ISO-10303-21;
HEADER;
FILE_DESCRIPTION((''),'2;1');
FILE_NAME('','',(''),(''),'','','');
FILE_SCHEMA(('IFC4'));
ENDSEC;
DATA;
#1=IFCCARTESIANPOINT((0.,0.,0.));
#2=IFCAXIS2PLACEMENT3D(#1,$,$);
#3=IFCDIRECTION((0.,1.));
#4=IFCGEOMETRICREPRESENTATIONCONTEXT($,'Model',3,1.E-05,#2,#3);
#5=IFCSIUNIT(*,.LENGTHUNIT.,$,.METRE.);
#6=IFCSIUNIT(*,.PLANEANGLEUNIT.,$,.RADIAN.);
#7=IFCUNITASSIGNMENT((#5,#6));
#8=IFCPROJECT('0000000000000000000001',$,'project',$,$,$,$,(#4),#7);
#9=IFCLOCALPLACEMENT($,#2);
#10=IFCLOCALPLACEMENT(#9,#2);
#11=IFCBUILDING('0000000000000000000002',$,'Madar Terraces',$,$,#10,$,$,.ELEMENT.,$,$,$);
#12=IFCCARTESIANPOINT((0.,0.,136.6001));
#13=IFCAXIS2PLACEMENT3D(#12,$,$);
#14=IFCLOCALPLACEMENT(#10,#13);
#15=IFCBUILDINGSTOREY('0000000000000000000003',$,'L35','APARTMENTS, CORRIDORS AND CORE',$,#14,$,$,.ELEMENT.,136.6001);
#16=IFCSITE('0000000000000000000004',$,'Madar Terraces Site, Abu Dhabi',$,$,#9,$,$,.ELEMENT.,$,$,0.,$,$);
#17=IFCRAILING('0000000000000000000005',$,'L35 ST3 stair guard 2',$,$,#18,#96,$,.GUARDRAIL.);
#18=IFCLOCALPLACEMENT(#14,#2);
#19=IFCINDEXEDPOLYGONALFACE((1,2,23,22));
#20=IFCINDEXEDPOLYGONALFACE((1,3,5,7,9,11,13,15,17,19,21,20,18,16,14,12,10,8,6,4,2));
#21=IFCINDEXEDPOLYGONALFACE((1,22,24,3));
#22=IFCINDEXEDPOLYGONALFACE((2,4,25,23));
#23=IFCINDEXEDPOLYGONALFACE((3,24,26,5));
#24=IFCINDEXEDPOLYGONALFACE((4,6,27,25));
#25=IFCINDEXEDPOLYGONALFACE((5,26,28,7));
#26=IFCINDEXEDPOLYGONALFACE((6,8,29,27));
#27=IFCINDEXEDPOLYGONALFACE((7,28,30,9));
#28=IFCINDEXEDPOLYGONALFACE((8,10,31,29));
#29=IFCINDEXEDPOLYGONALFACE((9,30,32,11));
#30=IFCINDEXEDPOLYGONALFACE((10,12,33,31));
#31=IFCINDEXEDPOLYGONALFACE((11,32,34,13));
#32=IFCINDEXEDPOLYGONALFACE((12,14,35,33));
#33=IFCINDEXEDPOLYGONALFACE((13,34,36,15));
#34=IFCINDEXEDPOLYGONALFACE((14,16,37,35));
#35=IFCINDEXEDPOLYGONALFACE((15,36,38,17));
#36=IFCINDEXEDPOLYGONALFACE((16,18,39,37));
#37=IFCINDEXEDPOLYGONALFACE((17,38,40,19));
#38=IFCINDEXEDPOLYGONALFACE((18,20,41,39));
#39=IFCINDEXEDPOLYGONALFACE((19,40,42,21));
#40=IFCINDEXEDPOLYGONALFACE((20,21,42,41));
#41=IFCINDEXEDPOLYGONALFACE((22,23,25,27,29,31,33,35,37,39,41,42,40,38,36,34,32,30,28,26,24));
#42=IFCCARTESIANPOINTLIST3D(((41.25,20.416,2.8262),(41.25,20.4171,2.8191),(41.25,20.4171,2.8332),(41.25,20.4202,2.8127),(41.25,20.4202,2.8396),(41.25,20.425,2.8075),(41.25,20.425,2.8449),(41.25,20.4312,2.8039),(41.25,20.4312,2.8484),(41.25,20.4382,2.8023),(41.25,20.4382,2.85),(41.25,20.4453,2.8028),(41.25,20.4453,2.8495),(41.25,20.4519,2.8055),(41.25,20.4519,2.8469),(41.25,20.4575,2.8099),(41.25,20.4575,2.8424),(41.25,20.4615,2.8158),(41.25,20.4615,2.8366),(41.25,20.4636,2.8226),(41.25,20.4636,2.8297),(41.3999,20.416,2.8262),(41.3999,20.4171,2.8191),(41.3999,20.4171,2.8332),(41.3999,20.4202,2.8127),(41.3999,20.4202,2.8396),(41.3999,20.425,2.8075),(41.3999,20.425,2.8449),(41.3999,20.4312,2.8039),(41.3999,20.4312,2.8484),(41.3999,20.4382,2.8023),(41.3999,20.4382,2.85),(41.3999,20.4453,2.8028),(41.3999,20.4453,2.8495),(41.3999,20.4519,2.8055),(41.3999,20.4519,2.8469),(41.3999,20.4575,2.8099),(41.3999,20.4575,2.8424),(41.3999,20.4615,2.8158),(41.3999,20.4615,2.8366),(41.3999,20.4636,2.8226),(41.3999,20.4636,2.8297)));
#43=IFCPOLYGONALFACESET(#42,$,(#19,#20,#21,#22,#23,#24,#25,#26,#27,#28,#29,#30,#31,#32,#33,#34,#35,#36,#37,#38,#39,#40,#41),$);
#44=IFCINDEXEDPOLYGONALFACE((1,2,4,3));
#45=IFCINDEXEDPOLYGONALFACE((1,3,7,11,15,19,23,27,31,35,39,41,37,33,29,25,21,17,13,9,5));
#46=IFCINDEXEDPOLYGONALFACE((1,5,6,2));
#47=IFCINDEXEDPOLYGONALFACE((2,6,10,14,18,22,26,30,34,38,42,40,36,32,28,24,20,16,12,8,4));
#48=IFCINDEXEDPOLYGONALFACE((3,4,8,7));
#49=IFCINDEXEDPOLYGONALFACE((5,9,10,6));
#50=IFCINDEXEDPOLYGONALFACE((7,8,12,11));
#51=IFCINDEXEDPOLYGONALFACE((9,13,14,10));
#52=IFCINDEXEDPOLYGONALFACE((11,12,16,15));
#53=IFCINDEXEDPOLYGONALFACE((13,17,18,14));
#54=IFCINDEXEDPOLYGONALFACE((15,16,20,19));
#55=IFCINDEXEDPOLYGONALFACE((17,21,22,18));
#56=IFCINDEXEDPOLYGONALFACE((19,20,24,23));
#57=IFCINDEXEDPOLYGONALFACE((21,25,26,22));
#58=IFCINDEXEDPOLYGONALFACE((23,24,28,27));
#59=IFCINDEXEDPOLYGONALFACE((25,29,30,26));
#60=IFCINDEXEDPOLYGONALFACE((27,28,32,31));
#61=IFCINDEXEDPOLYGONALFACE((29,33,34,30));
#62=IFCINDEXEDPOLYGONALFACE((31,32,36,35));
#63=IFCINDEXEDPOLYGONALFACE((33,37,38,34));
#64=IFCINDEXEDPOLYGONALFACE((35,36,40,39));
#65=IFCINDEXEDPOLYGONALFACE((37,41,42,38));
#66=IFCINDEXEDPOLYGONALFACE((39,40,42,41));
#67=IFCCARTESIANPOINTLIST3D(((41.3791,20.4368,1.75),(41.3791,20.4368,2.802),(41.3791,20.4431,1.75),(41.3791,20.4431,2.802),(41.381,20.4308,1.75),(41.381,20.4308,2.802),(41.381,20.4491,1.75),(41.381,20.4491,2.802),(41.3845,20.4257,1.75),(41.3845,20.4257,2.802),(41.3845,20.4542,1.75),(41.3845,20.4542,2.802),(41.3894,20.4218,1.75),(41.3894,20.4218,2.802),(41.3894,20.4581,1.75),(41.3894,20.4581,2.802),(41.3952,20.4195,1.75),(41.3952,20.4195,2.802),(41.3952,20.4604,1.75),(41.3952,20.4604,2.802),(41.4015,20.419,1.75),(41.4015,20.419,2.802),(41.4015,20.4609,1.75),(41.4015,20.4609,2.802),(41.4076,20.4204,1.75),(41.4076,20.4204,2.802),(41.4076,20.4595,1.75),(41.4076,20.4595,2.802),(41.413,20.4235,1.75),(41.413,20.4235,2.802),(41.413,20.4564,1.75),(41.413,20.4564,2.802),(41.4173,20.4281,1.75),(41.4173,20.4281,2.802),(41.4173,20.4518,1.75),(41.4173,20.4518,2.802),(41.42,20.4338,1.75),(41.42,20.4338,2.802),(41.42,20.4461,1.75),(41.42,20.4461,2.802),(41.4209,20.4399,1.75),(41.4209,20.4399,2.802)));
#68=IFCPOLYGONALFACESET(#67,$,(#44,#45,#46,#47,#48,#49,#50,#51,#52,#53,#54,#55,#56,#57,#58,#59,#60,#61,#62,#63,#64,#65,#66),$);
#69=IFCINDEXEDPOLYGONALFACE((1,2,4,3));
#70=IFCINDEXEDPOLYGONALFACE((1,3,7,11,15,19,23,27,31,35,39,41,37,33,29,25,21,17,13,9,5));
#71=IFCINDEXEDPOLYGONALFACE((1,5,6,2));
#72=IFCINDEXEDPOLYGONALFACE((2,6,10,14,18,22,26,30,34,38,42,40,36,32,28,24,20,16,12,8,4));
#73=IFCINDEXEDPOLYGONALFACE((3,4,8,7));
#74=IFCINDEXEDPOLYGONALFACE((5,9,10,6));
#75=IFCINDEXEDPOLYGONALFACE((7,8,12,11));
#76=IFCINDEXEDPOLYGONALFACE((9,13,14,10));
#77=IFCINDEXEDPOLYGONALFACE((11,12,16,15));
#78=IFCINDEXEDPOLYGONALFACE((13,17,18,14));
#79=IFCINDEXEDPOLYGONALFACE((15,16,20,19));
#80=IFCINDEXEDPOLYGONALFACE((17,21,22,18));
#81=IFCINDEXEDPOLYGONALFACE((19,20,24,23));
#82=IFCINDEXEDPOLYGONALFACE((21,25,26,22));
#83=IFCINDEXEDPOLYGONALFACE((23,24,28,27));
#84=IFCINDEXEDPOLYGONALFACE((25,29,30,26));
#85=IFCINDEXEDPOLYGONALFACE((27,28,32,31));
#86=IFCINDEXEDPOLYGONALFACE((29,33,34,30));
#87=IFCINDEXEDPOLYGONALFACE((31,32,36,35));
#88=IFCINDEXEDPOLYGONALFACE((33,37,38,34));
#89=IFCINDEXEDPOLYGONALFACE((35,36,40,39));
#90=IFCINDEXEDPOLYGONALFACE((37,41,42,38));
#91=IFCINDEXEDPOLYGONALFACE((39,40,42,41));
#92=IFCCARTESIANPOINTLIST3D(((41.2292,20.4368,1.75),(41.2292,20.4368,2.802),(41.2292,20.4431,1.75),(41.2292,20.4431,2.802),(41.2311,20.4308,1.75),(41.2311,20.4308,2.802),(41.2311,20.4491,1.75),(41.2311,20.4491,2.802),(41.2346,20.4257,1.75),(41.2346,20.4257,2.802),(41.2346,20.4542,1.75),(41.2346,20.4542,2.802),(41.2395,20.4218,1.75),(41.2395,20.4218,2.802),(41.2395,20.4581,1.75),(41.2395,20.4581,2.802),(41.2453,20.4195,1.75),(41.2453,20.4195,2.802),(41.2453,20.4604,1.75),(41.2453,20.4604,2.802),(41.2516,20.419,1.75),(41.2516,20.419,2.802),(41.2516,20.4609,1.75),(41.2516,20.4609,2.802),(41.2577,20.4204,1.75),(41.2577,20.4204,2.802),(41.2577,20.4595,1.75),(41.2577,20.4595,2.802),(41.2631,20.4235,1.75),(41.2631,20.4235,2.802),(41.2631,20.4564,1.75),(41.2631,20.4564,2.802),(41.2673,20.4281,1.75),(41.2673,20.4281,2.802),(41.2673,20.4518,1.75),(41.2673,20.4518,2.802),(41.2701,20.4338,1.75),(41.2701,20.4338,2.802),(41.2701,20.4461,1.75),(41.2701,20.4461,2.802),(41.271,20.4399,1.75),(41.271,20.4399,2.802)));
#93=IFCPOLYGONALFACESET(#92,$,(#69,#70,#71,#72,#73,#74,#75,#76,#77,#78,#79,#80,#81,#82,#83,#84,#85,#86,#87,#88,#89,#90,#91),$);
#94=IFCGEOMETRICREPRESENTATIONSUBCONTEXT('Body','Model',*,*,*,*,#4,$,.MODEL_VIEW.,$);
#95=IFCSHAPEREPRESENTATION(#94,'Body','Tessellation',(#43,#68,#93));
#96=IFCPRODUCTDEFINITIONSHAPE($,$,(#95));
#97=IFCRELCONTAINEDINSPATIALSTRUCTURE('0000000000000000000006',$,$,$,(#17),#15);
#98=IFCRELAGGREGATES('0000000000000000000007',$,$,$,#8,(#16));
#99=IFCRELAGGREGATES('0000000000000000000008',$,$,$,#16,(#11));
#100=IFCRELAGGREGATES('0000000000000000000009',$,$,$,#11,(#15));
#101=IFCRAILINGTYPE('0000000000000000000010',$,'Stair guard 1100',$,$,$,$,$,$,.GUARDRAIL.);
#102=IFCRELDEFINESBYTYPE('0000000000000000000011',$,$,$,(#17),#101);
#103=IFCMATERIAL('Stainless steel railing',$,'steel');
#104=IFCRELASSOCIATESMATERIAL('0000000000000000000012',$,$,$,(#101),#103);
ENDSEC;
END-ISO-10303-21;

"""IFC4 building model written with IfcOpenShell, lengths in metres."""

from ifc_helpers import new_model, si_unit, direction, frame, origin, origin_2d, place, context, subcontext, project, spatial, circle, extrude, material, type_object, element, save


model = new_model("IFC4")

# Units and contexts
model_context = context("Model", 3, precision=1e-05, world=origin(), true_north=direction((0.0, 1.0)))
body_context = subcontext(model_context, "Body", "Model", "MODEL_VIEW")
ifc_project = project(units=[si_unit("LENGTHUNIT", "METRE"), si_unit("PLANEANGLEUNIT", "RADIAN")], contexts=[model_context])

# Site, building, storey
site_placement = place(None, origin())
site = spatial("IfcSite", under=ifc_project, at=site_placement, Name="Madar Terraces Site, Abu Dhabi", CompositionType="ELEMENT", RefElevation=0.0)
building_placement = place(site_placement, origin())
building = spatial("IfcBuilding", under=site, at=building_placement, Name="Madar Terraces", CompositionType="ELEMENT")
storey_placement = place(building_placement, frame((0.0, 0.0, 136.6001)))
storey = spatial("IfcBuildingStorey", under=building, at=storey_placement, Name="L35", Description="APARTMENTS, CORRIDORS AND CORE", CompositionType="ELEMENT", Elevation=136.6001)

# Railing
ifc_material_1 = material(Name="Stainless steel railing", Category="steel")
railing_type_1 = type_object("IfcRailingType", Name="Stair guard 1100", PredefinedType="GUARDRAIL", material=ifc_material_1)
railing_1_placement = place(storey_placement, frame((41.3999, 20.4399, 1.75)))
element("IfcRailing", 1, at=railing_1_placement, inside=storey, type_object=railing_type_1, Name="L35 ST3 stair guard 2", PredefinedType="GUARDRAIL", context=body_context, shape_type="SweptSolid", body=[
    extrude(circle(Radius=0.0239, at=origin_2d()), frame((0.0, 0.0, 1.0762), z_axis=(-1.0, 0.0, 0.0), x_axis=(0.0, -1.0, 0.0)), (0.0, 0.0, 1.0), 0.1499),
    extrude(circle(Radius=0.021, at=origin_2d()), origin(), (0.0, 0.0, 1.0), 1.052),
    extrude(circle(Radius=0.021, at=origin_2d()), frame((-0.1499, 0.0, 0.0)), (0.0, 0.0, 1.0), 1.052),
])

save(model, "model.ifc")
